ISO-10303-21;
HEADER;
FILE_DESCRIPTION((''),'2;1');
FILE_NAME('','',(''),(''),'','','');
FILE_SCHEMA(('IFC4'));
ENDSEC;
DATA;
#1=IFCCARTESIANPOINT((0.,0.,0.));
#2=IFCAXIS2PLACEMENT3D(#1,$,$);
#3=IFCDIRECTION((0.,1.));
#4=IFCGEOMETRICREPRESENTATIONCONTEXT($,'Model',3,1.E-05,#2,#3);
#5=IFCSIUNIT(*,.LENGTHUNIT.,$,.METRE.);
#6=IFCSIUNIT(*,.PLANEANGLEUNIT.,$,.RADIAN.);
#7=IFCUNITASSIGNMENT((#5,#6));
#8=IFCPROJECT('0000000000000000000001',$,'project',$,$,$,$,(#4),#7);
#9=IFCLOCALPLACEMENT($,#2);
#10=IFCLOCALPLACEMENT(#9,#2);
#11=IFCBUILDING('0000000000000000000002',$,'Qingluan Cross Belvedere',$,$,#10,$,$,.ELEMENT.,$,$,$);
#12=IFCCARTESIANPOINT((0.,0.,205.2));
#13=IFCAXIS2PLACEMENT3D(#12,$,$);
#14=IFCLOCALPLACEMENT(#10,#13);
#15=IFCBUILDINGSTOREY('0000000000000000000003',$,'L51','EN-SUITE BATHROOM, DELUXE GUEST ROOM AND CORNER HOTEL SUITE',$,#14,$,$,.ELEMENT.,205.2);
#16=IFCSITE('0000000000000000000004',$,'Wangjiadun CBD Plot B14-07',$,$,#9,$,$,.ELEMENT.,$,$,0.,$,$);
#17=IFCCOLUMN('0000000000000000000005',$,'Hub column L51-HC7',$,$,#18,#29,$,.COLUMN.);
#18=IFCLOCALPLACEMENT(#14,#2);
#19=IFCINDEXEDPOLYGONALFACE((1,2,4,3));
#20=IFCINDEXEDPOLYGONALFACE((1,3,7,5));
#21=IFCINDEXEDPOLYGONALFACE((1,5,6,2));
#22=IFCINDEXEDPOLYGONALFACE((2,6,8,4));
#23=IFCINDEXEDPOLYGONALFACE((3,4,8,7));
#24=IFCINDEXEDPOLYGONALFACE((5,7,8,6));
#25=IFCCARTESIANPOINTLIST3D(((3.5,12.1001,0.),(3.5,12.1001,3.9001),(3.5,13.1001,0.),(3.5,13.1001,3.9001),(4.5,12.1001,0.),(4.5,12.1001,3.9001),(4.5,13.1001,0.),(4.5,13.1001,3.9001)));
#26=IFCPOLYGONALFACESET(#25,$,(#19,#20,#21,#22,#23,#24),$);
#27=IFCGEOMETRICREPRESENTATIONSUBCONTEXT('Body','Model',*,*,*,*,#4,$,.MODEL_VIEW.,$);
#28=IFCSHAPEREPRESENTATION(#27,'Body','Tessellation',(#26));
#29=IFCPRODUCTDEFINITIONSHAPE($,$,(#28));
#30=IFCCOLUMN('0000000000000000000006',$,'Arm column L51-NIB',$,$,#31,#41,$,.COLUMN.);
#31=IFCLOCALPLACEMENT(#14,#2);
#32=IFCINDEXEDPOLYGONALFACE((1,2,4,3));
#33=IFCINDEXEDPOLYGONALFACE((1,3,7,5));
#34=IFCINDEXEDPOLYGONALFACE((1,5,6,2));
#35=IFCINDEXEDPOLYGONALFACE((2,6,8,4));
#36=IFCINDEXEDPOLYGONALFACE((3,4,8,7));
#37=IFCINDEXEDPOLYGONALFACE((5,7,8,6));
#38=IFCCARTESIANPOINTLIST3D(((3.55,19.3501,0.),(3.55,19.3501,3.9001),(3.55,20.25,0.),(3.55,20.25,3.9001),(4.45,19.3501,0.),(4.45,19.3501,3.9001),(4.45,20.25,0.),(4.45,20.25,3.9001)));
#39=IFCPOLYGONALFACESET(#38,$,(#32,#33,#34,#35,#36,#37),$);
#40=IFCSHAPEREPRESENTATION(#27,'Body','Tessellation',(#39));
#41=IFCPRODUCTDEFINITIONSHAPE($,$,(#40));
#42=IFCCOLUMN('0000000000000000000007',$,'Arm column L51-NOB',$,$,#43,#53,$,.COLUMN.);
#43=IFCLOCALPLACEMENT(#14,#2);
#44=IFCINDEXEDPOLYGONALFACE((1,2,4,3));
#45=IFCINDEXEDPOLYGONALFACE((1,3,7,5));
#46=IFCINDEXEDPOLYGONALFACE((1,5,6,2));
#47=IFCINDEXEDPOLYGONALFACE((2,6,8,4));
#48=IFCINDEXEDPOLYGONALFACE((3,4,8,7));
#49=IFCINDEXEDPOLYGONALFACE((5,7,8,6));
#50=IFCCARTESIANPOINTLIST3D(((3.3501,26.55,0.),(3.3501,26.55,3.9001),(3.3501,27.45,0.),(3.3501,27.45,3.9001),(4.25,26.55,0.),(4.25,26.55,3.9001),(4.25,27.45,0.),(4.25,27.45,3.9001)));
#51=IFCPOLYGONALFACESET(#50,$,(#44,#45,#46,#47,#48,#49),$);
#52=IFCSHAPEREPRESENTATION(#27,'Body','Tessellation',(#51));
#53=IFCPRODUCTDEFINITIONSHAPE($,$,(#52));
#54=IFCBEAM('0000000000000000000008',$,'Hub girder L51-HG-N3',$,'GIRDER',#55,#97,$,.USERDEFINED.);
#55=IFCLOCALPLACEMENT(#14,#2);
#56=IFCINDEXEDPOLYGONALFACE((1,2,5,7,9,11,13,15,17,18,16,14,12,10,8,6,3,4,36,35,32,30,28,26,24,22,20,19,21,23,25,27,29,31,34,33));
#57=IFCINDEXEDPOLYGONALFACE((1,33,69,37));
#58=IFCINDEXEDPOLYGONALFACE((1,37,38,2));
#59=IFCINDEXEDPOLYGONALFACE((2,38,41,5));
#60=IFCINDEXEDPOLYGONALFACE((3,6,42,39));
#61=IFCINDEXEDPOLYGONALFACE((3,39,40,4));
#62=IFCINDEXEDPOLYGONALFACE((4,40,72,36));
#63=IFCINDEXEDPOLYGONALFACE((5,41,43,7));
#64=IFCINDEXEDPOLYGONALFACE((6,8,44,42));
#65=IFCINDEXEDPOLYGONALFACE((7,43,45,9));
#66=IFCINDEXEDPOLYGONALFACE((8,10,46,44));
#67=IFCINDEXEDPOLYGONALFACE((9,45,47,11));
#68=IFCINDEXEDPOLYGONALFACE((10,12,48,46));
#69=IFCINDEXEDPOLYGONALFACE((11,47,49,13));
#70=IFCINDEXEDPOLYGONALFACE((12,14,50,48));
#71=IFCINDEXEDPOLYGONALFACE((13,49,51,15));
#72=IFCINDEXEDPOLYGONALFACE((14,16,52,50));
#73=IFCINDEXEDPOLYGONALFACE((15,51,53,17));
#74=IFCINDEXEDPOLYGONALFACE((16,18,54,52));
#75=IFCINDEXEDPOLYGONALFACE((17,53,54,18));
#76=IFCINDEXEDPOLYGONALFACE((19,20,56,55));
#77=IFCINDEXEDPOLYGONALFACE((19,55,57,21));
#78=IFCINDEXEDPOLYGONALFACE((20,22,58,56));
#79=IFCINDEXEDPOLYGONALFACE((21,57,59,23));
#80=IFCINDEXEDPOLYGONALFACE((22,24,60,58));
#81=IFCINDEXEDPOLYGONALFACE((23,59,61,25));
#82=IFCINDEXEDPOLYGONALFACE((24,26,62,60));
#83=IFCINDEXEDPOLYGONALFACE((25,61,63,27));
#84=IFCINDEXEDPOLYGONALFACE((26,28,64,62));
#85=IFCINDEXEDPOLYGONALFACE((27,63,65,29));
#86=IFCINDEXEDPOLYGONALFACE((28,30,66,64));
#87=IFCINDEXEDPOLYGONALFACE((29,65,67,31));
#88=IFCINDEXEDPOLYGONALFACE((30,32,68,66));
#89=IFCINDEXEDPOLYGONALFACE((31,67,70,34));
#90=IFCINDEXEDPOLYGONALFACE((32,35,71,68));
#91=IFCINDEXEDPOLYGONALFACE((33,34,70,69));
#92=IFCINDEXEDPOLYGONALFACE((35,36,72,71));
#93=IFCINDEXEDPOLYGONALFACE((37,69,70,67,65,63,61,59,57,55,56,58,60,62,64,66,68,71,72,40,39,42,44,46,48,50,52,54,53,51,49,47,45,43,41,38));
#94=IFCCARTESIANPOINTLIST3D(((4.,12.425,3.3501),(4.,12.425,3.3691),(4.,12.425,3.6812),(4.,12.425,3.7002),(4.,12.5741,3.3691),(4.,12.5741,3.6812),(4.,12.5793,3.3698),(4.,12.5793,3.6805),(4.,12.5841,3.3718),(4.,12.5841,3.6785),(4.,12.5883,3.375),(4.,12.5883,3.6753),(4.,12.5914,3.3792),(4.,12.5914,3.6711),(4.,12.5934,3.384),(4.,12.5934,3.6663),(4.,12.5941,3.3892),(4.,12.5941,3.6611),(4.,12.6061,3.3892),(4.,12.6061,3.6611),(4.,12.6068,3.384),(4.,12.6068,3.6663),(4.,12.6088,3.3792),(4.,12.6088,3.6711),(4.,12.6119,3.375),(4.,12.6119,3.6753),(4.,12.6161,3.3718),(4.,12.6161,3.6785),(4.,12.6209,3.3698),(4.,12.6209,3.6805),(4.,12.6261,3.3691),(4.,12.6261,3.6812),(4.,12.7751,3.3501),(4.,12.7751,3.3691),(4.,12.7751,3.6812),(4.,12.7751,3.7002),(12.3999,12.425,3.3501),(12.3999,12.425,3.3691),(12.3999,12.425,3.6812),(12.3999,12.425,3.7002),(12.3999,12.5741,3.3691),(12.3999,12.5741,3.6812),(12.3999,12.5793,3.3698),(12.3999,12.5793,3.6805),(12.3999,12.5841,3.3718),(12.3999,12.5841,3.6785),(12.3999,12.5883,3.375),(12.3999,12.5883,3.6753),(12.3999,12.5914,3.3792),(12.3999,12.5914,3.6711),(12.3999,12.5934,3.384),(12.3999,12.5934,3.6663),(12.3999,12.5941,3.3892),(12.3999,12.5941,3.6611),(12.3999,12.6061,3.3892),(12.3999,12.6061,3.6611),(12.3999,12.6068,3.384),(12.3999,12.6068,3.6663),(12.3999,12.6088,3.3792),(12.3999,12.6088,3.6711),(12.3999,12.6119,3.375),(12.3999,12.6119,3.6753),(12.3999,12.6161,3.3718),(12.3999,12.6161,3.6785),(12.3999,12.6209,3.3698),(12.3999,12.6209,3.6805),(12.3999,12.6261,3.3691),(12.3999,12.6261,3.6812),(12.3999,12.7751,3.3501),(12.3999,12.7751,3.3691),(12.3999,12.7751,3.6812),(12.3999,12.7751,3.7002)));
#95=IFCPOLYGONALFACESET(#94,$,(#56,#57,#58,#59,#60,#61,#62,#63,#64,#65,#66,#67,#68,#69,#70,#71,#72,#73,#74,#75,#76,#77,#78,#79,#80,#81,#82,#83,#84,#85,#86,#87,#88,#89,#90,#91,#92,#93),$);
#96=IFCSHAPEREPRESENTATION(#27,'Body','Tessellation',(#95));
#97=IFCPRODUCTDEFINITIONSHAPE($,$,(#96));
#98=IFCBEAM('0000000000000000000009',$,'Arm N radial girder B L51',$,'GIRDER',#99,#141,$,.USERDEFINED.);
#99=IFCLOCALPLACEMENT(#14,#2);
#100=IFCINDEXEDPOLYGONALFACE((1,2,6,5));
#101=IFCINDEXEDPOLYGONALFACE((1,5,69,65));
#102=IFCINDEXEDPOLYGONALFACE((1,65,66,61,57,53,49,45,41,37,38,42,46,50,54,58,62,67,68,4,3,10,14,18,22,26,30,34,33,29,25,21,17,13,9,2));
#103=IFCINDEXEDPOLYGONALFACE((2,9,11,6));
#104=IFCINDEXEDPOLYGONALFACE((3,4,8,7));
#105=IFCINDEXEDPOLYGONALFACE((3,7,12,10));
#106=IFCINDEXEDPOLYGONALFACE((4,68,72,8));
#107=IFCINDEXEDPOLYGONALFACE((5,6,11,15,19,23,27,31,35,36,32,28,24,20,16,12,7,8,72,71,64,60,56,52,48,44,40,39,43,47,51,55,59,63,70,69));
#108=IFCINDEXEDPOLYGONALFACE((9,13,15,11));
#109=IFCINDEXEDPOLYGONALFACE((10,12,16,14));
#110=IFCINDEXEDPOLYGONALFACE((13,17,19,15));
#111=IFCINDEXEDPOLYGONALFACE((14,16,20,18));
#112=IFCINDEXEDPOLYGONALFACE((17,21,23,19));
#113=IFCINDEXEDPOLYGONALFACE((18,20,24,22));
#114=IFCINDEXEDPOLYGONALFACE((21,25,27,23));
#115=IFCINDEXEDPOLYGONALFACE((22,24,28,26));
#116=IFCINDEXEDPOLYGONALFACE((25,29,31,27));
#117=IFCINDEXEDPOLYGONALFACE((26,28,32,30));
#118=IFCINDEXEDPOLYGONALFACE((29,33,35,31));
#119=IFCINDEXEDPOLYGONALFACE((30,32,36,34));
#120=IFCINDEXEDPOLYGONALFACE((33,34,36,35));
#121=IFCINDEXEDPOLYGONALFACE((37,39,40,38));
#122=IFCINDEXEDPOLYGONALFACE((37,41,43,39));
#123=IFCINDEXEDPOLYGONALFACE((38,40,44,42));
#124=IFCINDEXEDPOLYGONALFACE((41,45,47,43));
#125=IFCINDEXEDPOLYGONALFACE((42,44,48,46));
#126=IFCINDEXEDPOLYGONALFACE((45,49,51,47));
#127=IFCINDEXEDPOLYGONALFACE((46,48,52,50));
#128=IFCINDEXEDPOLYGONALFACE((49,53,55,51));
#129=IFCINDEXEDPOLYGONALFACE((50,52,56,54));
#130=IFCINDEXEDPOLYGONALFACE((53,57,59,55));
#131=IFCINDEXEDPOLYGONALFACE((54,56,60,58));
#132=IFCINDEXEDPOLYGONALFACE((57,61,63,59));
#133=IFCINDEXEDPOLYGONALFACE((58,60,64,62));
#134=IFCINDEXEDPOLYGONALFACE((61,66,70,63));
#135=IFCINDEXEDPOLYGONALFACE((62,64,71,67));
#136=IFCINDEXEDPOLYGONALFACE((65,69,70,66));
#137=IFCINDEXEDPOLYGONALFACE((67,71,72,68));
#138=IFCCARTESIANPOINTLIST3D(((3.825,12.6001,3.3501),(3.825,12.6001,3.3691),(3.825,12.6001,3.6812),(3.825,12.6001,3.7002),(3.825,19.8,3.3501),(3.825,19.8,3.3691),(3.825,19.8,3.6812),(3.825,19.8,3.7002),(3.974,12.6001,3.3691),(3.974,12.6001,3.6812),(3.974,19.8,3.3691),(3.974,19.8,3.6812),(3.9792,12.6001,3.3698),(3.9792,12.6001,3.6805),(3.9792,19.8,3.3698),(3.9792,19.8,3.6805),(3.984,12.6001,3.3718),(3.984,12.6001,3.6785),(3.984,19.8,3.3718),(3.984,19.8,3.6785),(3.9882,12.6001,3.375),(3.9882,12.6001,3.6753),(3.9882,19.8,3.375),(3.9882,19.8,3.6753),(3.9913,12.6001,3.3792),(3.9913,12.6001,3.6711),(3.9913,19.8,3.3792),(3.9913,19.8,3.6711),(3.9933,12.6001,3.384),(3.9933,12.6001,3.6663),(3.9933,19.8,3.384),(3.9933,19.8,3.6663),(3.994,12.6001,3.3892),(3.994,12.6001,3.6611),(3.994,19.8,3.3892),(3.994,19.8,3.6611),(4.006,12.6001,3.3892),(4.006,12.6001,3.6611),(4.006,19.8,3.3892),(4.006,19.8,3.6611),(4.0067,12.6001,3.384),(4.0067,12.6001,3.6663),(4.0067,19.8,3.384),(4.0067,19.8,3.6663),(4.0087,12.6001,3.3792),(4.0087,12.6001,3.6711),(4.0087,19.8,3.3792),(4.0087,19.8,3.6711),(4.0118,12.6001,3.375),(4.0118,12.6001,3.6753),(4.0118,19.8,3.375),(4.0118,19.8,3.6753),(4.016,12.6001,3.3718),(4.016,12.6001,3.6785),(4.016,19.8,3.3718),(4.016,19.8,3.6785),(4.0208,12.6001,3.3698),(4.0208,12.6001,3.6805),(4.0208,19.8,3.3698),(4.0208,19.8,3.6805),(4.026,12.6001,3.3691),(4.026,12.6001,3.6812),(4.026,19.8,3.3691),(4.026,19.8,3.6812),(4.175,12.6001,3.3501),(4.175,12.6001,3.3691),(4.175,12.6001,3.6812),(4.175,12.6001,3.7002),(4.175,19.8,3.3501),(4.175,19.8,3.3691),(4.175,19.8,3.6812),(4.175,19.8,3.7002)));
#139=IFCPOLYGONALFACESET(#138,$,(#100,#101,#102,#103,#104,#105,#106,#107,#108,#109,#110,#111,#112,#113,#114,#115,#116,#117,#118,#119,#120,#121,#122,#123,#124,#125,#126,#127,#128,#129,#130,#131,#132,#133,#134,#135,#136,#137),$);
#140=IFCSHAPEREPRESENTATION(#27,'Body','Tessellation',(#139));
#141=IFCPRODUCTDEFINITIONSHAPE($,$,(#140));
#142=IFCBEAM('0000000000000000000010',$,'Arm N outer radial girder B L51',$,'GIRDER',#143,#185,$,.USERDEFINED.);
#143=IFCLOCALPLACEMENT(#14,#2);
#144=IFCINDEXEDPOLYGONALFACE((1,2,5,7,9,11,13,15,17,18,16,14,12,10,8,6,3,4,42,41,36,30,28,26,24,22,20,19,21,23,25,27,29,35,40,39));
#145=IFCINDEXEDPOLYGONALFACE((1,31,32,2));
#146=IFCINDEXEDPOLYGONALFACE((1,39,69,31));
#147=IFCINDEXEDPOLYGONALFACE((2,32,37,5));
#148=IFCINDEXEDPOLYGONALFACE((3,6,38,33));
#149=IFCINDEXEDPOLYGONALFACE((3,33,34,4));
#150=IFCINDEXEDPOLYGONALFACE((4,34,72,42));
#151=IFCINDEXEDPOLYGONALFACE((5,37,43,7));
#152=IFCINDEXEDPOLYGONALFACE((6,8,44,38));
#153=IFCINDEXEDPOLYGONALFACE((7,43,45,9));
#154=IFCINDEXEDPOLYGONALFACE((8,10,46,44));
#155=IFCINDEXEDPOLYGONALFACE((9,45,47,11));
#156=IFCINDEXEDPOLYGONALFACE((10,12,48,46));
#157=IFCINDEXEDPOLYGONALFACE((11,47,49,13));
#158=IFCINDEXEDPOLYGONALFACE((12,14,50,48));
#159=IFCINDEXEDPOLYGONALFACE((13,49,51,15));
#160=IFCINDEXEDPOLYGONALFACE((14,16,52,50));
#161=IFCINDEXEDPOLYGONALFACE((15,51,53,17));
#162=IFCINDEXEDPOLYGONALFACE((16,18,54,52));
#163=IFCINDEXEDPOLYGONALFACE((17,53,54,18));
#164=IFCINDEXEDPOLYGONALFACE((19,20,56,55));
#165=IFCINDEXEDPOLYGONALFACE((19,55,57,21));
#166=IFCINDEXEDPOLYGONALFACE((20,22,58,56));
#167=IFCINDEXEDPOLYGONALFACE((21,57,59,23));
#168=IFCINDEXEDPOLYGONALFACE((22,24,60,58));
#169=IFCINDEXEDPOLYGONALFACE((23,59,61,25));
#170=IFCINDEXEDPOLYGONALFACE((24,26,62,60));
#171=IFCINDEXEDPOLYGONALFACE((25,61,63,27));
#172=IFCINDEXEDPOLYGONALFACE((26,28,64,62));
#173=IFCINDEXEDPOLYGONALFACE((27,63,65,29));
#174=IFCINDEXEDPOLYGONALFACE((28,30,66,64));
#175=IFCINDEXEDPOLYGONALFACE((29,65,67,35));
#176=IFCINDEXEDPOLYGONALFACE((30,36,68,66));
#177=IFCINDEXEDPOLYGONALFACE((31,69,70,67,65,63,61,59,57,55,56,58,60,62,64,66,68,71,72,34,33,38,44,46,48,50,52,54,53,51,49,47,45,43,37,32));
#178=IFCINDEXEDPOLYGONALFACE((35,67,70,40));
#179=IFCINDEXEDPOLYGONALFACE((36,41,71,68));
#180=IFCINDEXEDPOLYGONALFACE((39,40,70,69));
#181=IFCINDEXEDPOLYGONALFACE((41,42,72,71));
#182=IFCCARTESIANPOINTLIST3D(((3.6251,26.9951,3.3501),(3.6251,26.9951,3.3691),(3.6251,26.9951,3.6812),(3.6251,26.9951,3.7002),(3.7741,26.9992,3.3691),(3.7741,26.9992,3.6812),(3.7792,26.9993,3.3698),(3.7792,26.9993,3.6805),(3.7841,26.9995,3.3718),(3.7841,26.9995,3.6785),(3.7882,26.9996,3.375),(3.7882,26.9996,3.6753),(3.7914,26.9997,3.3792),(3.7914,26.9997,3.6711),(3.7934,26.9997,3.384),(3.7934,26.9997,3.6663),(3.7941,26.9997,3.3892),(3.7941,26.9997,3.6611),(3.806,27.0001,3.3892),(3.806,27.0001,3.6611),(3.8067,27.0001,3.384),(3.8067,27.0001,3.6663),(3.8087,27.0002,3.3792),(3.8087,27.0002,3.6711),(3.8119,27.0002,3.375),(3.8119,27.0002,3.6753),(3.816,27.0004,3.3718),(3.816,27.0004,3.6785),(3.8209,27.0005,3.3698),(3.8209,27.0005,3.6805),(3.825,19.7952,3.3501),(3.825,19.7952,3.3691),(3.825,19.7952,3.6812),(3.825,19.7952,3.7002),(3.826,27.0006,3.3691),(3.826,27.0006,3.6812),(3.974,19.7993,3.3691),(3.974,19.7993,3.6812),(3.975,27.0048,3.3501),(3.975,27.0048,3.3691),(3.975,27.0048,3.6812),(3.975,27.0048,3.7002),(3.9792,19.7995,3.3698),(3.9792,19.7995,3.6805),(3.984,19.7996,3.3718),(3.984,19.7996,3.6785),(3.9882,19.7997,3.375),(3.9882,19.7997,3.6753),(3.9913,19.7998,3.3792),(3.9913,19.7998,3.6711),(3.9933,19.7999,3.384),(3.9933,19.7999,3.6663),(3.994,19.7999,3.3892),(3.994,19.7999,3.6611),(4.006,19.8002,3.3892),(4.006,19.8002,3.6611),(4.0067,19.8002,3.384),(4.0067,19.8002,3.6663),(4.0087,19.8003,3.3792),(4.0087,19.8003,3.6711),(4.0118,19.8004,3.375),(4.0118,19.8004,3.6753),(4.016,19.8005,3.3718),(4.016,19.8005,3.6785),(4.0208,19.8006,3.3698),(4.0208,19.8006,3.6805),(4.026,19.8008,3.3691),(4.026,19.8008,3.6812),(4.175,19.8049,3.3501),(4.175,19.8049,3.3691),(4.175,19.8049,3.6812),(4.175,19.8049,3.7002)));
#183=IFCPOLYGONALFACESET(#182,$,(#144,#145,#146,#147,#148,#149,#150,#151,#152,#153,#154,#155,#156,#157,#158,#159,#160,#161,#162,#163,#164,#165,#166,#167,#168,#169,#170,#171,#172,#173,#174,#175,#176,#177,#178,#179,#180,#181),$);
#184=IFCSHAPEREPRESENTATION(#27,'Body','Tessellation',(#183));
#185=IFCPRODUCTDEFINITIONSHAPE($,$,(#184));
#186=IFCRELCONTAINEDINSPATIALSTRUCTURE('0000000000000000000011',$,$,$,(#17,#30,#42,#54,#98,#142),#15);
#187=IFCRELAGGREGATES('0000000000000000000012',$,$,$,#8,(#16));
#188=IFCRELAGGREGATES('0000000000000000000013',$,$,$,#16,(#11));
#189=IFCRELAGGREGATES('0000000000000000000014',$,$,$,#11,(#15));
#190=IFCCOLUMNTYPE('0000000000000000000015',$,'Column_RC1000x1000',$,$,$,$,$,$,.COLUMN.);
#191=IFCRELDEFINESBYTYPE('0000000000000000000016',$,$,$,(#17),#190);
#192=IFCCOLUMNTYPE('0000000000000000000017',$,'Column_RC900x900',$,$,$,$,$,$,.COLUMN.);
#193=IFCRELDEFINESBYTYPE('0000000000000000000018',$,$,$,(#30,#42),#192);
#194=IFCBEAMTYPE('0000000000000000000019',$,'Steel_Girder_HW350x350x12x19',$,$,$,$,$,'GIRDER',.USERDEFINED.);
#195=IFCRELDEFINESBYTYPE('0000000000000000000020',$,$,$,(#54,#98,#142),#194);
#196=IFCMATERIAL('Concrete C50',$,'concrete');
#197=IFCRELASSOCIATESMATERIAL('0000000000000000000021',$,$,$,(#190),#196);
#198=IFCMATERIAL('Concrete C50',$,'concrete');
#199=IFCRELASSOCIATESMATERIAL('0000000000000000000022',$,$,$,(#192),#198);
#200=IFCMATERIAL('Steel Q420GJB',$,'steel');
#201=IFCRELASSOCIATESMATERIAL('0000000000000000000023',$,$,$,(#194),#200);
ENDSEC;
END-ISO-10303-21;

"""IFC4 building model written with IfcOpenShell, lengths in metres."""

from ifc_helpers import new_model, si_unit, direction, frame, origin, origin_2d, place, context, subcontext, project, spatial, rectangle, i_section, extrude, material, material_profile, profile_set, type_object, element, save


model = new_model("IFC4")

# Units and contexts
model_context = context("Model", 3, precision=1e-05, world=origin(), true_north=direction((0.0, 1.0)))
body_context = subcontext(model_context, "Body", "Model", "MODEL_VIEW")
ifc_project = project(units=[si_unit("LENGTHUNIT", "METRE"), si_unit("PLANEANGLEUNIT", "RADIAN")], contexts=[model_context])

# Site, building, storey
site_placement = place(None, origin())
site = spatial("IfcSite", under=ifc_project, at=site_placement, Name="Wangjiadun CBD Plot B14-07", CompositionType="ELEMENT", RefElevation=0.0)
building_placement = place(site_placement, origin())
building = spatial("IfcBuilding", under=site, at=building_placement, Name="Qingluan Cross Belvedere", CompositionType="ELEMENT")
storey_placement = place(building_placement, frame((0.0, 0.0, 205.2)))
storey = spatial("IfcBuildingStorey", under=building, at=storey_placement, Name="L51", Description="EN-SUITE BATHROOM, DELUXE GUEST ROOM AND CORNER HOTEL SUITE", CompositionType="ELEMENT", Elevation=205.2)

# Columns
ifc_material_1 = material(Name="Concrete C50", Category="concrete")
ifc_material_profile_1 = material_profile(ifc_material_1, rectangle(XDim=1.0, YDim=1.0, at=origin_2d()), Name="RC1000x1000")
ifc_profile_set_1 = profile_set([ifc_material_profile_1], Name="Concrete C50")
column_type_1 = type_object("IfcColumnType", Name="Column_RC1000x1000", PredefinedType="COLUMN", material=ifc_profile_set_1)
column_placement = place(storey_placement, frame((4.0, 12.6001, 0.0), z_axis=(0.0, 0.0, 1.0), x_axis=(1.0, 0.0, 0.0)))
element("IfcColumn", 1, at=column_placement, inside=storey, type_object=column_type_1, Name="Hub column L51-HC7", PredefinedType="COLUMN", context=body_context, shape_type="SweptSolid", body=[
    extrude(rectangle(XDim=1.0, YDim=1.0, at=origin_2d()), origin(), (0.0, 0.0, 1.0), 3.9001),
])
ifc_material_2 = material(Name="Concrete C50", Category="concrete")
ifc_material_profile_2 = material_profile(ifc_material_2, rectangle(XDim=0.8999, YDim=0.8999, at=origin_2d()), Name="RC900x900")
ifc_profile_set_2 = profile_set([ifc_material_profile_2], Name="Concrete C50")
column_type_2 = type_object("IfcColumnType", Name="Column_RC900x900", PredefinedType="COLUMN", material=ifc_profile_set_2)
for number, where, z_axis, x_axis, name in (
    (2, (4.0, 19.8, 0.0), (0.0, 0.0, 1.0), (1.0, 0.0, 0.0), "Arm column L51-NIB"),
    (3, (3.8, 27.0, 0.0), (0.0, 0.0, 1.0), (1.0, 0.0, 0.0), "Arm column L51-NOB"),
):
    element("IfcColumn", number, at=place(storey_placement, frame(where, z_axis=z_axis, x_axis=x_axis)), inside=storey, type_object=column_type_2, Name=name, PredefinedType="COLUMN", context=body_context, shape_type="SweptSolid", body=[
        extrude(rectangle(XDim=0.8999, YDim=0.8999, at=origin_2d()), origin(), (0.0, 0.0, 1.0), 3.9001),
    ])

# Beams
ifc_material_3 = material(Name="Steel Q420GJB", Category="steel")
ifc_material_profile_3 = material_profile(ifc_material_3, i_section(OverallWidth=0.3501, OverallDepth=0.3501, WebThickness=0.012, FlangeThickness=0.019, FilletRadius=0.02, at=origin_2d()), Name="HW350x350x12x19")
ifc_profile_set_3 = profile_set([ifc_material_profile_3], Name="Steel Q420GJB")
beam_type = type_object("IfcBeamType", Name="Steel_Girder_HW350x350x12x19", ElementType="GIRDER", PredefinedType="USERDEFINED", material=ifc_profile_set_3)
beam_1_placement = place(storey_placement, frame((4.0, 12.6001, 3.5251), z_axis=(1.0, 0.0, 0.0), x_axis=(0.0, 1.0, 0.0)))
element("IfcBeam", 4, at=beam_1_placement, inside=storey, type_object=beam_type, Name="Hub girder L51-HG-N3", ObjectType="GIRDER", PredefinedType="USERDEFINED", context=body_context, shape_type="SweptSolid", body=[
    extrude(i_section(OverallWidth=0.3501, OverallDepth=0.3501, WebThickness=0.012, FlangeThickness=0.019, FilletRadius=0.02, at=origin_2d()), origin(), (0.0, 0.0, 1.0), 8.3999),
])
beam_2_placement = place(storey_placement, frame((4.0, 12.6001, 3.5251), z_axis=(0.0, 1.0, 0.0), x_axis=(-1.0, 0.0, 0.0)))
element("IfcBeam", 5, at=beam_2_placement, inside=storey, type_object=beam_type, Name="Arm N radial girder B L51", ObjectType="GIRDER", PredefinedType="USERDEFINED", context=body_context, shape_type="SweptSolid", body=[
    extrude(i_section(OverallWidth=0.3501, OverallDepth=0.3501, WebThickness=0.012, FlangeThickness=0.019, FilletRadius=0.02, at=origin_2d()), origin(), (0.0, 0.0, 1.0), 7.2),
])
beam_3_placement = place(storey_placement, frame((4.0, 19.8, 3.5251), z_axis=(-0.02776, 0.999615, 0.0), x_axis=(-0.999615, -0.02776, 0.0)))
element("IfcBeam", 6, at=beam_3_placement, inside=storey, type_object=beam_type, Name="Arm N outer radial girder B L51", ObjectType="GIRDER", PredefinedType="USERDEFINED", context=body_context, shape_type="SweptSolid", body=[
    extrude(i_section(OverallWidth=0.3501, OverallDepth=0.3501, WebThickness=0.012, FlangeThickness=0.019, FilletRadius=0.02, at=origin_2d()), origin(), (0.0, 0.0, 1.0), 7.2026),
])

save(model, "model.ifc")
